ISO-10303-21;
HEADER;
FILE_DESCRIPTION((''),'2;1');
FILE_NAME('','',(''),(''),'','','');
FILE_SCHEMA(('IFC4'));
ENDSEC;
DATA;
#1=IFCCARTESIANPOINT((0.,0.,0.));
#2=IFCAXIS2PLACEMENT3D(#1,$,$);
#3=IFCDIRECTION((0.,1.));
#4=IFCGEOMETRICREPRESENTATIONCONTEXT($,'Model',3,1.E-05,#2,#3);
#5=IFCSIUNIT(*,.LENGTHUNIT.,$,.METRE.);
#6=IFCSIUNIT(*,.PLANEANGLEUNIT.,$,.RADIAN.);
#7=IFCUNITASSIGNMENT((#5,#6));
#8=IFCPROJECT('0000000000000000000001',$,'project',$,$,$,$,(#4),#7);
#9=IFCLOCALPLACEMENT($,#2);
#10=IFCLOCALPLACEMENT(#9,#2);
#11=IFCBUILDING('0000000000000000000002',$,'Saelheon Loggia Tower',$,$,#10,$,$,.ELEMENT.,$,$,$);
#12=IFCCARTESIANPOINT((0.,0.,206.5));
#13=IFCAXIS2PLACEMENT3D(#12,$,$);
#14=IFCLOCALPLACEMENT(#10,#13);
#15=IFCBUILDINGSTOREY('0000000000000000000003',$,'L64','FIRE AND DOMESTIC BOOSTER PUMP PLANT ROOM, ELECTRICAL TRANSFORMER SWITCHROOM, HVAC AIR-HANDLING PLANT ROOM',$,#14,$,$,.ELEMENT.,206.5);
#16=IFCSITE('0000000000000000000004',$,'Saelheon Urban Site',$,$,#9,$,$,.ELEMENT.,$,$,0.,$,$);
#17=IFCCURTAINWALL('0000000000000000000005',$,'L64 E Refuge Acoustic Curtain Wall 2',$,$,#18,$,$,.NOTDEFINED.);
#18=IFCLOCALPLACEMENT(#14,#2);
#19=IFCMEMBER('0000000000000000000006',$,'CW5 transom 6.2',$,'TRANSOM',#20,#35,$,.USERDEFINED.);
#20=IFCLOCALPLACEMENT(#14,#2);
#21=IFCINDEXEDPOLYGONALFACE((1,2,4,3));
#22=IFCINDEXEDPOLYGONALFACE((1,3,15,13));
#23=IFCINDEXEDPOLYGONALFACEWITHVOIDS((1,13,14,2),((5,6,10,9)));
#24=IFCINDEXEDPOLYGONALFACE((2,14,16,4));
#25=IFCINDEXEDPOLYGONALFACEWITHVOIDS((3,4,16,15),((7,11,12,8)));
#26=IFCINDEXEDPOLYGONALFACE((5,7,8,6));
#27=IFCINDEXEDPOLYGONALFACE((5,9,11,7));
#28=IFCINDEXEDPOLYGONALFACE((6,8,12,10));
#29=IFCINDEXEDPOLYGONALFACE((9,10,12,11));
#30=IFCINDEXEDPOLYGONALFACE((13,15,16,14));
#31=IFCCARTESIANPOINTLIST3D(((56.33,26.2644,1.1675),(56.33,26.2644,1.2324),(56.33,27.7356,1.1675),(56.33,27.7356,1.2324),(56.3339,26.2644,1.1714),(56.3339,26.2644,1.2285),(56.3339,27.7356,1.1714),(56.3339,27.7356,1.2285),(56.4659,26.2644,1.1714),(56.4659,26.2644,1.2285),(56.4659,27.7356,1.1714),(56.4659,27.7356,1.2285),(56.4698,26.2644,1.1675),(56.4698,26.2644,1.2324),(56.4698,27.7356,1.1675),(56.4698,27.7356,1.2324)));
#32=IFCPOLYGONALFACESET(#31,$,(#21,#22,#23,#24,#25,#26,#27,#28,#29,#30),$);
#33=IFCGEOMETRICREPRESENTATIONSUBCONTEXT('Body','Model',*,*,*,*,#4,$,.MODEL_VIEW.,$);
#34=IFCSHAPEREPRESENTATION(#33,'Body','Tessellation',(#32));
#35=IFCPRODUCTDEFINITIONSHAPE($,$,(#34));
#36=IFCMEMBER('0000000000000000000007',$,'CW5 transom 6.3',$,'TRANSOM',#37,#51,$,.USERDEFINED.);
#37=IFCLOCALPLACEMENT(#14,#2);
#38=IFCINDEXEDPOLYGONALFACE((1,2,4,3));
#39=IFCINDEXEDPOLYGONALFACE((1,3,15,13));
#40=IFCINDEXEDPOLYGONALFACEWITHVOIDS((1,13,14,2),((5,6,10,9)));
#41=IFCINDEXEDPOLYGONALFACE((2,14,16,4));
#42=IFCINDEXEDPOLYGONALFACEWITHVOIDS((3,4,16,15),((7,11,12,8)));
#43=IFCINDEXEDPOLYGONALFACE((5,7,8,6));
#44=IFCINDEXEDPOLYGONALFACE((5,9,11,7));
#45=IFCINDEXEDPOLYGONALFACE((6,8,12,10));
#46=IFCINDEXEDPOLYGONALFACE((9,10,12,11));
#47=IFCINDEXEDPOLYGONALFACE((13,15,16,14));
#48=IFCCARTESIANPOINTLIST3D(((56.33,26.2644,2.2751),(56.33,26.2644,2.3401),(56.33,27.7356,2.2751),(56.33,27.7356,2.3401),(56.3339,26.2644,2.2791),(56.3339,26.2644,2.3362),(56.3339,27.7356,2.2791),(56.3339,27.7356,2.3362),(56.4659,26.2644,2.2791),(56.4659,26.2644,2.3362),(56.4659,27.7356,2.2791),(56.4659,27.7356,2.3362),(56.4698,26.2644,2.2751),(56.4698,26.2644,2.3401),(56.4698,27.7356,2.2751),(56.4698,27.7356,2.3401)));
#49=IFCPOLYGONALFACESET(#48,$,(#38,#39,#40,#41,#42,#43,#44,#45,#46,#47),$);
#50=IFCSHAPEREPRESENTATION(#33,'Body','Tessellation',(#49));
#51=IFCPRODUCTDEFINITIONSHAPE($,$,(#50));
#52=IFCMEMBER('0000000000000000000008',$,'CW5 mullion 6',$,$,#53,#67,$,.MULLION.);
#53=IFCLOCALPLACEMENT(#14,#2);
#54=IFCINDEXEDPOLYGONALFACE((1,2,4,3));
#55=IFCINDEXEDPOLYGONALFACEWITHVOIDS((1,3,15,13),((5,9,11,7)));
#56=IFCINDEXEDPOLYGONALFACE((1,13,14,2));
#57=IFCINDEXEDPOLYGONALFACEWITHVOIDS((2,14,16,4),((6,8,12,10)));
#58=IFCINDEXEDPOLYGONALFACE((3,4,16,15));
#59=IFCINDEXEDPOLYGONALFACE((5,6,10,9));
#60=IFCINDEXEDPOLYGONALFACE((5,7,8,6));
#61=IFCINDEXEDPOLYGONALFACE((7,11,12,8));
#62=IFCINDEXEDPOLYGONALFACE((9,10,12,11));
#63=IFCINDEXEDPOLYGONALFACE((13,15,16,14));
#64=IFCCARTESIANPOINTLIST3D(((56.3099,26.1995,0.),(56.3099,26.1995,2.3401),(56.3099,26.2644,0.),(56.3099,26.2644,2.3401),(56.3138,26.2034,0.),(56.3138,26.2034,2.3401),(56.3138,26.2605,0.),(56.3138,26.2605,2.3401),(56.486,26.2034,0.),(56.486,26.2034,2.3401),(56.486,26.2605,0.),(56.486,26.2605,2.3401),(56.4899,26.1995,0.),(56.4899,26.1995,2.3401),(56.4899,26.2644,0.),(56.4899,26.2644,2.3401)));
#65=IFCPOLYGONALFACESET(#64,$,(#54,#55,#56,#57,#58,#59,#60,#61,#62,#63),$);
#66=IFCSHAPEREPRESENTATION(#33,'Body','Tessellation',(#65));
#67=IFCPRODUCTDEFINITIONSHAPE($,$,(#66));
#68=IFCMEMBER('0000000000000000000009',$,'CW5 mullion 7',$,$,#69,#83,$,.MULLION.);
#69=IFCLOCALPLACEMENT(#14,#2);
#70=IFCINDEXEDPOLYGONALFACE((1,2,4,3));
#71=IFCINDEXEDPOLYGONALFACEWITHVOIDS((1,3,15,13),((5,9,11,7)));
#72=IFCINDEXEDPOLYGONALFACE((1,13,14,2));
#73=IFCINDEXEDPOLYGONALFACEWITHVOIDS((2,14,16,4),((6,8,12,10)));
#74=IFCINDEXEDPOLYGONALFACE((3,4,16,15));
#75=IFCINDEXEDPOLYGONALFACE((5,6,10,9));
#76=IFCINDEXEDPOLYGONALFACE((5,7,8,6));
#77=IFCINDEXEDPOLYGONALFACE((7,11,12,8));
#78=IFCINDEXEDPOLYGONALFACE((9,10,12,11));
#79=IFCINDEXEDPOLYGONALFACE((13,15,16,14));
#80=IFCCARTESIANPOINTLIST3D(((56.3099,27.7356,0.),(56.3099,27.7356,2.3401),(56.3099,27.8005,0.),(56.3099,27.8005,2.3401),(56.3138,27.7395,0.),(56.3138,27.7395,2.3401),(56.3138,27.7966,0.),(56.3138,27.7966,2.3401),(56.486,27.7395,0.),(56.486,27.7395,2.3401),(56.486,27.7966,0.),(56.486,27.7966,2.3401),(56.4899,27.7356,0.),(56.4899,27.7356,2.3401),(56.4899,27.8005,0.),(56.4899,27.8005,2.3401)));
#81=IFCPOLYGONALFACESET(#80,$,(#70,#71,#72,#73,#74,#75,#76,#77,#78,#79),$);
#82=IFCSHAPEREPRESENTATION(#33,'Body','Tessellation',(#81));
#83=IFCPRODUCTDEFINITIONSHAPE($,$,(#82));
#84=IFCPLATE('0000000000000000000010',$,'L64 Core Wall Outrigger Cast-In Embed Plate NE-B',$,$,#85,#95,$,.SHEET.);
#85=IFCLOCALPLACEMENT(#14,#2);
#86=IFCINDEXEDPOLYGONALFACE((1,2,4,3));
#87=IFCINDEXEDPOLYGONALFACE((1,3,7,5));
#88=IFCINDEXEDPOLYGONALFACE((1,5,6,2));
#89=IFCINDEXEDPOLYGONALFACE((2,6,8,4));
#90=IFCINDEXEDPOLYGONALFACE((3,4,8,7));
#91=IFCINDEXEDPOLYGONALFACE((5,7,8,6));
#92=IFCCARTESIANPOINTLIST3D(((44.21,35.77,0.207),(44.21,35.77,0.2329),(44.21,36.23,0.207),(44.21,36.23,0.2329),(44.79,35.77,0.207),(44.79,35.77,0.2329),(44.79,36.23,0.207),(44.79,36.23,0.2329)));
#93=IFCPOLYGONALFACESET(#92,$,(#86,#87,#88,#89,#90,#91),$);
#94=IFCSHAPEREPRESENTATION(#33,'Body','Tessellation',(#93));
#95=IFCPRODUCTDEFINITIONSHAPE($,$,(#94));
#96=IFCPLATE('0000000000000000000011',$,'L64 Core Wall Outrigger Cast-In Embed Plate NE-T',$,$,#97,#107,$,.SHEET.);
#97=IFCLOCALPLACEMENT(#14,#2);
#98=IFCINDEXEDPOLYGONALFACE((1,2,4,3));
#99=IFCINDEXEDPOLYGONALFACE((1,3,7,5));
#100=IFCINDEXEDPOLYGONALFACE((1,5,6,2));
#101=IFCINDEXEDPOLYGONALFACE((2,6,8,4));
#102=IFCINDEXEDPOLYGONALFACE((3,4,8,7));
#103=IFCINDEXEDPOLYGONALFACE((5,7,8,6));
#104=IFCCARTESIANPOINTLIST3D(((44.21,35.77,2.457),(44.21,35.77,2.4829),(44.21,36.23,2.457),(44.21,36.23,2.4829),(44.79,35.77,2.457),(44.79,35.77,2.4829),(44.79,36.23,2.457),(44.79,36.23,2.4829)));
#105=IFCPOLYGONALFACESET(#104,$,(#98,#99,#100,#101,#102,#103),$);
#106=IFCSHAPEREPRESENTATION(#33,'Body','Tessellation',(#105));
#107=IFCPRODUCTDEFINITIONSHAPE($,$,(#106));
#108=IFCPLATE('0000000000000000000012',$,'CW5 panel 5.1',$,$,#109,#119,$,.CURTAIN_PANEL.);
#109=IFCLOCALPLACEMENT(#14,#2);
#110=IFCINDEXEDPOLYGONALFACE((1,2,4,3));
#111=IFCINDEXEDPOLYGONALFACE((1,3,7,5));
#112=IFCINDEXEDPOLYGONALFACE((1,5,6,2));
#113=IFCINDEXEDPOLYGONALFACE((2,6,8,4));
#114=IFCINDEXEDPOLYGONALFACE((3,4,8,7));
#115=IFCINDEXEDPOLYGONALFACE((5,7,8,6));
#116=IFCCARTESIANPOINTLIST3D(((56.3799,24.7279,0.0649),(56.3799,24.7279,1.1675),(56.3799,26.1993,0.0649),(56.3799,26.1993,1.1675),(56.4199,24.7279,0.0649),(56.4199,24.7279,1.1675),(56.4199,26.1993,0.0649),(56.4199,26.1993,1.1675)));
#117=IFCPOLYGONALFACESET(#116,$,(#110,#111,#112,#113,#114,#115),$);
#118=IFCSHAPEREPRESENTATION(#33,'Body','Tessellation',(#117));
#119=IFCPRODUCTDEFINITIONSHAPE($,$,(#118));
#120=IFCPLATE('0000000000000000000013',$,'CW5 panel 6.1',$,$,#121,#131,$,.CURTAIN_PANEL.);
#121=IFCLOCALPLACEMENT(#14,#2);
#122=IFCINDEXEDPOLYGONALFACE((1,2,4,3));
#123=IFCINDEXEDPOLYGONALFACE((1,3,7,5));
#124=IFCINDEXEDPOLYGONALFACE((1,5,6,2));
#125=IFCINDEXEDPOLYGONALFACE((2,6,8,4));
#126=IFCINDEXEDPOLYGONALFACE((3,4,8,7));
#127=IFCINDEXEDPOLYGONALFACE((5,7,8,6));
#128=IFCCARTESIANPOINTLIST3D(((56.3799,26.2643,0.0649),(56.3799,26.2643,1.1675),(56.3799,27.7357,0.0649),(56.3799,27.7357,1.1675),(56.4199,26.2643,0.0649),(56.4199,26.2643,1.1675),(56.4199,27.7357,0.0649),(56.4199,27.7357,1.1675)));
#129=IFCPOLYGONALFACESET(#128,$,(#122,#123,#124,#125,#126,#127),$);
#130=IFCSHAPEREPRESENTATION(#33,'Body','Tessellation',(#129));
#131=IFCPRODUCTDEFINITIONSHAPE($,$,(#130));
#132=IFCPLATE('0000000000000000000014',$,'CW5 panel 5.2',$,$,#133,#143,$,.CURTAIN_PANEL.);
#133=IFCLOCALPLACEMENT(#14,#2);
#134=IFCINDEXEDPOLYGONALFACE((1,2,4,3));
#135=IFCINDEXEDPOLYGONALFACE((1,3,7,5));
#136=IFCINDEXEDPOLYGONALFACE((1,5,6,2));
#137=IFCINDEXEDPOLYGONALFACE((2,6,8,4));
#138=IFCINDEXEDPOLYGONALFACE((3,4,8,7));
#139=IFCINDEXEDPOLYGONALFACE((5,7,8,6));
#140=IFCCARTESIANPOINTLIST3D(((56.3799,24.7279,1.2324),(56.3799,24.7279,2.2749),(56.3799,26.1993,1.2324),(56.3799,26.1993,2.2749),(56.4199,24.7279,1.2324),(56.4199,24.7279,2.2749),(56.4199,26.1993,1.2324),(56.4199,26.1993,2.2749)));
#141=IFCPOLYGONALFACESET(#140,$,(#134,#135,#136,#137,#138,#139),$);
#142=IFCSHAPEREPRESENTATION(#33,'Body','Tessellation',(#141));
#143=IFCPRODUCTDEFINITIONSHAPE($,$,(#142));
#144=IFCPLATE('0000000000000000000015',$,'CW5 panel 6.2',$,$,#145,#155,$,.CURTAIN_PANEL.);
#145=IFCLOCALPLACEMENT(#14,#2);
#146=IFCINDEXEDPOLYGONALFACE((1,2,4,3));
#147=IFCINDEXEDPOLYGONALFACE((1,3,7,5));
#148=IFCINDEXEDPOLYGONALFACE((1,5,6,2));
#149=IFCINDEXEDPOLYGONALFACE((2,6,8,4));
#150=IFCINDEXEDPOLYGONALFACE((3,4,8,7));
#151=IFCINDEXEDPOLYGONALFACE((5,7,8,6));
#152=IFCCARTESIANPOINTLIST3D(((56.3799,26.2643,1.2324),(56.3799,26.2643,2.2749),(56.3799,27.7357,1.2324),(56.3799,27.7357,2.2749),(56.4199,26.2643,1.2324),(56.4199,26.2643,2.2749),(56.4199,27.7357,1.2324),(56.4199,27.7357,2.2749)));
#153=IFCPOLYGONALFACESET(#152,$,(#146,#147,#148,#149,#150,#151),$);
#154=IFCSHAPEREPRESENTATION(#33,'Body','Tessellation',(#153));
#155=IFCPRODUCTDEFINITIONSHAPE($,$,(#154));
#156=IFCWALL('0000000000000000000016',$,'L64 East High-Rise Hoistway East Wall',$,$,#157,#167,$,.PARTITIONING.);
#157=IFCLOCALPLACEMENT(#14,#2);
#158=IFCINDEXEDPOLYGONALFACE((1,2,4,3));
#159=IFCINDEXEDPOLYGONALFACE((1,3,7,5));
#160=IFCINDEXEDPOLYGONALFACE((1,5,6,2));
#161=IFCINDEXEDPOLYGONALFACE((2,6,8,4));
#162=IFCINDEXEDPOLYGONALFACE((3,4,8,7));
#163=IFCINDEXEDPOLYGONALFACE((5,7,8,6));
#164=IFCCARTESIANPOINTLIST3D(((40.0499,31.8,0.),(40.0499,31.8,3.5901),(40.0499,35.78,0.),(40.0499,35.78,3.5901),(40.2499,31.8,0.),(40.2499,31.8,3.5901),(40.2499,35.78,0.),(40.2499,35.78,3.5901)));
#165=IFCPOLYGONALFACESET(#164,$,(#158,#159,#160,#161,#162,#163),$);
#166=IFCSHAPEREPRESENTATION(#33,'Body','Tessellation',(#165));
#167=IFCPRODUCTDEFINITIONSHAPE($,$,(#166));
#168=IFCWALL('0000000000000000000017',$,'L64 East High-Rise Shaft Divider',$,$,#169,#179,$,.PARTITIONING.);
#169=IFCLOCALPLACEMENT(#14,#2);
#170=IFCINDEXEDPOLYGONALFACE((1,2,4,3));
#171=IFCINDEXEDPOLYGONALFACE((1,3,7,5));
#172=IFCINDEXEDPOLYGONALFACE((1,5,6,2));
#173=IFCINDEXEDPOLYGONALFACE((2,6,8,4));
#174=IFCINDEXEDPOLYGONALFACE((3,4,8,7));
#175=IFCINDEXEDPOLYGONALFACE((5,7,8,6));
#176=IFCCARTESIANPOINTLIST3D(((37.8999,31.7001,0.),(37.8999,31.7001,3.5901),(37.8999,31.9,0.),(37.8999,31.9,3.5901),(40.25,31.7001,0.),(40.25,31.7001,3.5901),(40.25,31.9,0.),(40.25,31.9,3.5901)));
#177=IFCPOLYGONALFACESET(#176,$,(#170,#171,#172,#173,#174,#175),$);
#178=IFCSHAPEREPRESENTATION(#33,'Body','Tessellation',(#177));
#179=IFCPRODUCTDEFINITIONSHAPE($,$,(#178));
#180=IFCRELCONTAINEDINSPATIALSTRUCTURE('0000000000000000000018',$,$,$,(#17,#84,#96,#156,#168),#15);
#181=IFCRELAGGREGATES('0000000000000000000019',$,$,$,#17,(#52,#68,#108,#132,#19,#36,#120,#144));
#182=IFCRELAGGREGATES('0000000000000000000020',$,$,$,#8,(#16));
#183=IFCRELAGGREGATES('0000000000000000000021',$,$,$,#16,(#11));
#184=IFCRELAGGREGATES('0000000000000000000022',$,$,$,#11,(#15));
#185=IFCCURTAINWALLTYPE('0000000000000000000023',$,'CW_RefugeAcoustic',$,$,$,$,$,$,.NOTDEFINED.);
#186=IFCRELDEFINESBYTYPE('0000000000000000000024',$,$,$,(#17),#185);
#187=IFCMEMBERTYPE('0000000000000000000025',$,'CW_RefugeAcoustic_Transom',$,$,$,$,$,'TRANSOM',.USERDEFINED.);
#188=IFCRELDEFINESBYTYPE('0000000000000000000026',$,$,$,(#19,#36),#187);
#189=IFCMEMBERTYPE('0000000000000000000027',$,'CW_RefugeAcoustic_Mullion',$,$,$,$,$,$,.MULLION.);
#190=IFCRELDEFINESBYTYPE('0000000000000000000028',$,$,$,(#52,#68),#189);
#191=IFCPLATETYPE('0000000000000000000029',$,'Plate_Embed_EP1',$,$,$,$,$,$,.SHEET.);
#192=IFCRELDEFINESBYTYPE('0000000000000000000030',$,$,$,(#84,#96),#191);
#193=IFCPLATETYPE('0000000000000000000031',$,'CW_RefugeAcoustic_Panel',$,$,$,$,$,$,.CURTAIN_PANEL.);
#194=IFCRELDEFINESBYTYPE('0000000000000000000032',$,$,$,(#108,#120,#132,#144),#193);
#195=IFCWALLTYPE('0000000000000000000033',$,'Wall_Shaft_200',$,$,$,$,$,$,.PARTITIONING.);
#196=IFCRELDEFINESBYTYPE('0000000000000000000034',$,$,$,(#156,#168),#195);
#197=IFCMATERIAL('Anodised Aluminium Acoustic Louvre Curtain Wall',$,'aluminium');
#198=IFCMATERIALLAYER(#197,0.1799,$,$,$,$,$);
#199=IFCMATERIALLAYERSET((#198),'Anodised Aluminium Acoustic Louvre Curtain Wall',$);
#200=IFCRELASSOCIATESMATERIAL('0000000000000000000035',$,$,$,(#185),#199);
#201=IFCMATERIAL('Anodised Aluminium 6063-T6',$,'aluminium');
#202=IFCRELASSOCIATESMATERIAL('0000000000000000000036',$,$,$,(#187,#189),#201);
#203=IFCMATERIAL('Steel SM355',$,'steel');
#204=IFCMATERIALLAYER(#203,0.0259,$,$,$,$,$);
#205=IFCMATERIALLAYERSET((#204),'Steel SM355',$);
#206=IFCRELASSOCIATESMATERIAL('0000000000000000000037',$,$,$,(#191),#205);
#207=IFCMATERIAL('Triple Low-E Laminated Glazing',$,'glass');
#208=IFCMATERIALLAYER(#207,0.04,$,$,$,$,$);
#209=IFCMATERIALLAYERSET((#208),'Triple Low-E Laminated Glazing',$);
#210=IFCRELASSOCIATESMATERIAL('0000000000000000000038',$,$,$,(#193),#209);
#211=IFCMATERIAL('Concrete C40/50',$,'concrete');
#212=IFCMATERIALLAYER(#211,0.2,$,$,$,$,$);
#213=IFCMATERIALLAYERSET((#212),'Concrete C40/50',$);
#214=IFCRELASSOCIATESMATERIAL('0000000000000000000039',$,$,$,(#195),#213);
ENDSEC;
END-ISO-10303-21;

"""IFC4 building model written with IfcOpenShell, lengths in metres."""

from ifc_helpers import new_model, si_unit, direction, frame, frame_2d, origin, origin_2d, place, context, subcontext, project, spatial, rectangle, hollow_rectangle, extrude, source, transform, mapped, material, layer, layer_set, material_profile, profile_set, type_object, element, aggregate, save


model = new_model("IFC4")

# Units and contexts
model_context = context("Model", 3, precision=1e-05, world=origin(), true_north=direction((0.0, 1.0)))
body_context = subcontext(model_context, "Body", "Model", "MODEL_VIEW")
ifc_project = project(units=[si_unit("LENGTHUNIT", "METRE"), si_unit("PLANEANGLEUNIT", "RADIAN")], contexts=[model_context])

# Site, building, storey
site_placement = place(None, origin())
site = spatial("IfcSite", under=ifc_project, at=site_placement, Name="Saelheon Urban Site", CompositionType="ELEMENT", RefElevation=0.0)
building_placement = place(site_placement, origin())
building = spatial("IfcBuilding", under=site, at=building_placement, Name="Saelheon Loggia Tower", CompositionType="ELEMENT")
storey_placement = place(building_placement, frame((0.0, 0.0, 206.5)))
storey = spatial("IfcBuildingStorey", under=building, at=storey_placement, Name="L64", Description="FIRE AND DOMESTIC BOOSTER PUMP PLANT ROOM, ELECTRICAL TRANSFORMER SWITCHROOM, HVAC AIR-HANDLING PLANT ROOM", CompositionType="ELEMENT", Elevation=206.5)

# Shared definitions
ifc_material_1 = material(Name="Steel SM355", Category="steel")

# Curtain wall, members
ifc_material_2 = material(Name="Anodised Aluminium Acoustic Louvre Curtain Wall", Category="aluminium")
ifc_layer_1 = layer(ifc_material_2, 0.1799)
ifc_layer_set_1 = layer_set([ifc_layer_1], Name="Anodised Aluminium Acoustic Louvre Curtain Wall")
curtain_wall_type = type_object("IfcCurtainWallType", Name="CW_RefugeAcoustic", PredefinedType="NOTDEFINED", material=ifc_layer_set_1)
curtain_wall_placement = place(storey_placement, origin())
curtain_wall = element("IfcCurtainWall", 1, at=curtain_wall_placement, inside=storey, type_object=curtain_wall_type, Name="L64 E Refuge Acoustic Curtain Wall 2", PredefinedType="NOTDEFINED")
ifc_material_3 = material(Name="Anodised Aluminium 6063-T6", Category="aluminium")
ifc_material_profile_1 = material_profile(ifc_material_3, hollow_rectangle(XDim=0.0649, YDim=0.1399, WallThickness=0.0039, at=origin_2d()), Name="RHS-140x65x4")
ifc_profile_set_1 = profile_set([ifc_material_profile_1], Name="Anodised Aluminium 6063-T6")
member_type_1 = type_object("IfcMemberType", Name="CW_RefugeAcoustic_Transom", ElementType="TRANSOM", PredefinedType="USERDEFINED", material=ifc_profile_set_1)
shared_shape_1 = source(origin(), body_context, "Body", "SweptSolid", [
    extrude(hollow_rectangle(XDim=0.0649, YDim=0.1399, WallThickness=0.0039, at=origin_2d()), origin(), (0.0, 0.0, 1.0), 1.4712),
])
member_1_placement = place(storey_placement, frame((56.3999, 26.2644, 1.2), z_axis=(0.0, 1.0, 0.0), x_axis=(0.0, 0.0, 1.0)))
member_1 = element("IfcMember", 2, at=member_1_placement, type_object=member_type_1, Name="CW5 transom 6.2", ObjectType="TRANSOM", PredefinedType="USERDEFINED", context=body_context, shape_type="MappedRepresentation", body=[
    mapped(shared_shape_1, transform((0.0, 0.0, 0.0), scale=1.0)),
])
member_2_placement = place(storey_placement, frame((56.3999, 26.2644, 2.3076), z_axis=(0.0, 1.0, 0.0), x_axis=(0.0, 0.0, 1.0)))
member_2 = element("IfcMember", 3, at=member_2_placement, type_object=member_type_1, Name="CW5 transom 6.3", ObjectType="TRANSOM", PredefinedType="USERDEFINED", context=body_context, shape_type="MappedRepresentation", body=[
    mapped(shared_shape_1, transform((0.0, 0.0, 0.0), scale=1.0)),
])
ifc_material_profile_2 = material_profile(ifc_material_3, hollow_rectangle(XDim=0.0649, YDim=0.1799, WallThickness=0.0039, at=origin_2d()), Name="RHS-180x65x4")
ifc_profile_set_2 = profile_set([ifc_material_profile_2], Name="Anodised Aluminium 6063-T6")
member_type_2 = type_object("IfcMemberType", Name="CW_RefugeAcoustic_Mullion", PredefinedType="MULLION", material=ifc_profile_set_2)
shared_shape_2 = source(origin(), body_context, "Body", "SweptSolid", [
    extrude(hollow_rectangle(XDim=0.0649, YDim=0.1799, WallThickness=0.0039, at=origin_2d()), origin(), (0.0, 0.0, 1.0), 2.3401),
])
member_3_placement = place(storey_placement, frame((56.3999, 26.2319, 0.0), z_axis=(0.0, 0.0, 1.0), x_axis=(0.0, 1.0, 0.0)))
member_3 = element("IfcMember", 4, at=member_3_placement, type_object=member_type_2, Name="CW5 mullion 6", PredefinedType="MULLION", context=body_context, shape_type="MappedRepresentation", body=[
    mapped(shared_shape_2, transform((0.0, 0.0, 0.0), scale=1.0)),
])
member_4_placement = place(storey_placement, frame((56.3999, 27.7681, 0.0), z_axis=(0.0, 0.0, 1.0), x_axis=(0.0, 1.0, 0.0)))
member_4 = element("IfcMember", 5, at=member_4_placement, type_object=member_type_2, Name="CW5 mullion 7", PredefinedType="MULLION", context=body_context, shape_type="MappedRepresentation", body=[
    mapped(shared_shape_2, transform((0.0, 0.0, 0.0), scale=1.0)),
])

# Plates
ifc_layer_2 = layer(ifc_material_1, 0.0259)
ifc_layer_set_2 = layer_set([ifc_layer_2], Name="Steel SM355")
plate_type_1 = type_object("IfcPlateType", Name="Plate_Embed_EP1", PredefinedType="SHEET", material=ifc_layer_set_2)
shared_shape_3 = source(origin(), body_context, "Body", "SweptSolid", [
    extrude(rectangle(XDim=0.5801, YDim=0.46, at=origin_2d()), origin(), (0.0, 0.0, 1.0), 0.0259),
])
for number, where, z_axis, x_axis, name in (
    (6, (44.5, 36.0, 0.207), (0.0, 0.0, 1.0), (1.0, 0.0, 0.0), "L64 Core Wall Outrigger Cast-In Embed Plate NE-B"),
    (7, (44.5, 36.0, 2.457), (0.0, 0.0, 1.0), (1.0, 0.0, 0.0), "L64 Core Wall Outrigger Cast-In Embed Plate NE-T"),
):
    element("IfcPlate", number, at=place(storey_placement, frame(where, z_axis=z_axis, x_axis=x_axis)), inside=storey, type_object=plate_type_1, Name=name, PredefinedType="SHEET", context=body_context, shape_type="MappedRepresentation", body=[
        mapped(shared_shape_3, transform((0.0, 0.0, 0.0), scale=1.0)),
    ])

# Plates
ifc_material_4 = material(Name="Triple Low-E Laminated Glazing", Category="glass")
ifc_layer_3 = layer(ifc_material_4, 0.04)
ifc_layer_set_3 = layer_set([ifc_layer_3], Name="Triple Low-E Laminated Glazing")
plate_type_2 = type_object("IfcPlateType", Name="CW_RefugeAcoustic_Panel", PredefinedType="CURTAIN_PANEL", material=ifc_layer_set_3)
shared_shape_4 = source(origin(), body_context, "Body", "SweptSolid", [
    extrude(rectangle(XDim=1.4714, YDim=0.04, at=origin_2d()), origin(), (0.0, 0.0, 1.0), 1.1025),
])
plate_1_placement = place(storey_placement, frame((56.3999, 25.4636, 0.0649), z_axis=(0.0, 0.0, 1.0), x_axis=(0.0, 1.0, 0.0)))
plate_1 = element("IfcPlate", 8, at=plate_1_placement, type_object=plate_type_2, Name="CW5 panel 5.1", PredefinedType="CURTAIN_PANEL", context=body_context, shape_type="MappedRepresentation", body=[
    mapped(shared_shape_4, transform((0.0, 0.0, 0.0), scale=1.0)),
])
plate_2_placement = place(storey_placement, frame((56.3999, 27.0, 0.0649), z_axis=(0.0, 0.0, 1.0), x_axis=(0.0, 1.0, 0.0)))
plate_2 = element("IfcPlate", 9, at=plate_2_placement, type_object=plate_type_2, Name="CW5 panel 6.1", PredefinedType="CURTAIN_PANEL", context=body_context, shape_type="MappedRepresentation", body=[
    mapped(shared_shape_4, transform((0.0, 0.0, 0.0), scale=1.0)),
])
shared_shape_5 = source(origin(), body_context, "Body", "SweptSolid", [
    extrude(rectangle(XDim=1.4714, YDim=0.04, at=origin_2d()), origin(), (0.0, 0.0, 1.0), 1.0425),
])
plate_3_placement = place(storey_placement, frame((56.3999, 25.4636, 1.2324), z_axis=(0.0, 0.0, 1.0), x_axis=(0.0, 1.0, 0.0)))
plate_3 = element("IfcPlate", 10, at=plate_3_placement, type_object=plate_type_2, Name="CW5 panel 5.2", PredefinedType="CURTAIN_PANEL", context=body_context, shape_type="MappedRepresentation", body=[
    mapped(shared_shape_5, transform((0.0, 0.0, 0.0), scale=1.0)),
])
plate_4_placement = place(storey_placement, frame((56.3999, 27.0, 1.2324), z_axis=(0.0, 0.0, 1.0), x_axis=(0.0, 1.0, 0.0)))
plate_4 = element("IfcPlate", 11, at=plate_4_placement, type_object=plate_type_2, Name="CW5 panel 6.2", PredefinedType="CURTAIN_PANEL", context=body_context, shape_type="MappedRepresentation", body=[
    mapped(shared_shape_5, transform((0.0, 0.0, 0.0), scale=1.0)),
])
aggregate(curtain_wall, [member_3, member_4, plate_1, plate_3, member_1, member_2, plate_2, plate_4])

# Walls
ifc_material_5 = material(Name="Concrete C40/50", Category="concrete")
ifc_layer_4 = layer(ifc_material_5, 0.2)
ifc_layer_set_4 = layer_set([ifc_layer_4], Name="Concrete C40/50")
wall_type_1 = type_object("IfcWallType", Name="Wall_Shaft_200", PredefinedType="PARTITIONING", material=ifc_layer_set_4)
wall_1_placement = place(storey_placement, frame((40.1499, 31.8, 0.0), z_axis=(0.0, 0.0, 1.0), x_axis=(0.0, 1.0, 0.0)))
element("IfcWall", 12, at=wall_1_placement, inside=storey, type_object=wall_type_1, Name="L64 East High-Rise Hoistway East Wall", PredefinedType="PARTITIONING", context=body_context, shape_type="SweptSolid", body=[
    extrude(rectangle(XDim=3.98, YDim=0.2, at=frame_2d((1.99, 0.0))), origin(), (0.0, 0.0, 1.0), 3.5901),
])
wall_2_placement = place(storey_placement, frame((37.8999, 31.8, 0.0), z_axis=(0.0, 0.0, 1.0), x_axis=(1.0, 0.0, 0.0)))
element("IfcWall", 13, at=wall_2_placement, inside=storey, type_object=wall_type_1, Name="L64 East High-Rise Shaft Divider", PredefinedType="PARTITIONING", context=body_context, shape_type="SweptSolid", body=[
    extrude(rectangle(XDim=2.3501, YDim=0.2, at=frame_2d((1.175, 0.0))), origin(), (0.0, 0.0, 1.0), 3.5901),
])

save(model, "model.ifc")
